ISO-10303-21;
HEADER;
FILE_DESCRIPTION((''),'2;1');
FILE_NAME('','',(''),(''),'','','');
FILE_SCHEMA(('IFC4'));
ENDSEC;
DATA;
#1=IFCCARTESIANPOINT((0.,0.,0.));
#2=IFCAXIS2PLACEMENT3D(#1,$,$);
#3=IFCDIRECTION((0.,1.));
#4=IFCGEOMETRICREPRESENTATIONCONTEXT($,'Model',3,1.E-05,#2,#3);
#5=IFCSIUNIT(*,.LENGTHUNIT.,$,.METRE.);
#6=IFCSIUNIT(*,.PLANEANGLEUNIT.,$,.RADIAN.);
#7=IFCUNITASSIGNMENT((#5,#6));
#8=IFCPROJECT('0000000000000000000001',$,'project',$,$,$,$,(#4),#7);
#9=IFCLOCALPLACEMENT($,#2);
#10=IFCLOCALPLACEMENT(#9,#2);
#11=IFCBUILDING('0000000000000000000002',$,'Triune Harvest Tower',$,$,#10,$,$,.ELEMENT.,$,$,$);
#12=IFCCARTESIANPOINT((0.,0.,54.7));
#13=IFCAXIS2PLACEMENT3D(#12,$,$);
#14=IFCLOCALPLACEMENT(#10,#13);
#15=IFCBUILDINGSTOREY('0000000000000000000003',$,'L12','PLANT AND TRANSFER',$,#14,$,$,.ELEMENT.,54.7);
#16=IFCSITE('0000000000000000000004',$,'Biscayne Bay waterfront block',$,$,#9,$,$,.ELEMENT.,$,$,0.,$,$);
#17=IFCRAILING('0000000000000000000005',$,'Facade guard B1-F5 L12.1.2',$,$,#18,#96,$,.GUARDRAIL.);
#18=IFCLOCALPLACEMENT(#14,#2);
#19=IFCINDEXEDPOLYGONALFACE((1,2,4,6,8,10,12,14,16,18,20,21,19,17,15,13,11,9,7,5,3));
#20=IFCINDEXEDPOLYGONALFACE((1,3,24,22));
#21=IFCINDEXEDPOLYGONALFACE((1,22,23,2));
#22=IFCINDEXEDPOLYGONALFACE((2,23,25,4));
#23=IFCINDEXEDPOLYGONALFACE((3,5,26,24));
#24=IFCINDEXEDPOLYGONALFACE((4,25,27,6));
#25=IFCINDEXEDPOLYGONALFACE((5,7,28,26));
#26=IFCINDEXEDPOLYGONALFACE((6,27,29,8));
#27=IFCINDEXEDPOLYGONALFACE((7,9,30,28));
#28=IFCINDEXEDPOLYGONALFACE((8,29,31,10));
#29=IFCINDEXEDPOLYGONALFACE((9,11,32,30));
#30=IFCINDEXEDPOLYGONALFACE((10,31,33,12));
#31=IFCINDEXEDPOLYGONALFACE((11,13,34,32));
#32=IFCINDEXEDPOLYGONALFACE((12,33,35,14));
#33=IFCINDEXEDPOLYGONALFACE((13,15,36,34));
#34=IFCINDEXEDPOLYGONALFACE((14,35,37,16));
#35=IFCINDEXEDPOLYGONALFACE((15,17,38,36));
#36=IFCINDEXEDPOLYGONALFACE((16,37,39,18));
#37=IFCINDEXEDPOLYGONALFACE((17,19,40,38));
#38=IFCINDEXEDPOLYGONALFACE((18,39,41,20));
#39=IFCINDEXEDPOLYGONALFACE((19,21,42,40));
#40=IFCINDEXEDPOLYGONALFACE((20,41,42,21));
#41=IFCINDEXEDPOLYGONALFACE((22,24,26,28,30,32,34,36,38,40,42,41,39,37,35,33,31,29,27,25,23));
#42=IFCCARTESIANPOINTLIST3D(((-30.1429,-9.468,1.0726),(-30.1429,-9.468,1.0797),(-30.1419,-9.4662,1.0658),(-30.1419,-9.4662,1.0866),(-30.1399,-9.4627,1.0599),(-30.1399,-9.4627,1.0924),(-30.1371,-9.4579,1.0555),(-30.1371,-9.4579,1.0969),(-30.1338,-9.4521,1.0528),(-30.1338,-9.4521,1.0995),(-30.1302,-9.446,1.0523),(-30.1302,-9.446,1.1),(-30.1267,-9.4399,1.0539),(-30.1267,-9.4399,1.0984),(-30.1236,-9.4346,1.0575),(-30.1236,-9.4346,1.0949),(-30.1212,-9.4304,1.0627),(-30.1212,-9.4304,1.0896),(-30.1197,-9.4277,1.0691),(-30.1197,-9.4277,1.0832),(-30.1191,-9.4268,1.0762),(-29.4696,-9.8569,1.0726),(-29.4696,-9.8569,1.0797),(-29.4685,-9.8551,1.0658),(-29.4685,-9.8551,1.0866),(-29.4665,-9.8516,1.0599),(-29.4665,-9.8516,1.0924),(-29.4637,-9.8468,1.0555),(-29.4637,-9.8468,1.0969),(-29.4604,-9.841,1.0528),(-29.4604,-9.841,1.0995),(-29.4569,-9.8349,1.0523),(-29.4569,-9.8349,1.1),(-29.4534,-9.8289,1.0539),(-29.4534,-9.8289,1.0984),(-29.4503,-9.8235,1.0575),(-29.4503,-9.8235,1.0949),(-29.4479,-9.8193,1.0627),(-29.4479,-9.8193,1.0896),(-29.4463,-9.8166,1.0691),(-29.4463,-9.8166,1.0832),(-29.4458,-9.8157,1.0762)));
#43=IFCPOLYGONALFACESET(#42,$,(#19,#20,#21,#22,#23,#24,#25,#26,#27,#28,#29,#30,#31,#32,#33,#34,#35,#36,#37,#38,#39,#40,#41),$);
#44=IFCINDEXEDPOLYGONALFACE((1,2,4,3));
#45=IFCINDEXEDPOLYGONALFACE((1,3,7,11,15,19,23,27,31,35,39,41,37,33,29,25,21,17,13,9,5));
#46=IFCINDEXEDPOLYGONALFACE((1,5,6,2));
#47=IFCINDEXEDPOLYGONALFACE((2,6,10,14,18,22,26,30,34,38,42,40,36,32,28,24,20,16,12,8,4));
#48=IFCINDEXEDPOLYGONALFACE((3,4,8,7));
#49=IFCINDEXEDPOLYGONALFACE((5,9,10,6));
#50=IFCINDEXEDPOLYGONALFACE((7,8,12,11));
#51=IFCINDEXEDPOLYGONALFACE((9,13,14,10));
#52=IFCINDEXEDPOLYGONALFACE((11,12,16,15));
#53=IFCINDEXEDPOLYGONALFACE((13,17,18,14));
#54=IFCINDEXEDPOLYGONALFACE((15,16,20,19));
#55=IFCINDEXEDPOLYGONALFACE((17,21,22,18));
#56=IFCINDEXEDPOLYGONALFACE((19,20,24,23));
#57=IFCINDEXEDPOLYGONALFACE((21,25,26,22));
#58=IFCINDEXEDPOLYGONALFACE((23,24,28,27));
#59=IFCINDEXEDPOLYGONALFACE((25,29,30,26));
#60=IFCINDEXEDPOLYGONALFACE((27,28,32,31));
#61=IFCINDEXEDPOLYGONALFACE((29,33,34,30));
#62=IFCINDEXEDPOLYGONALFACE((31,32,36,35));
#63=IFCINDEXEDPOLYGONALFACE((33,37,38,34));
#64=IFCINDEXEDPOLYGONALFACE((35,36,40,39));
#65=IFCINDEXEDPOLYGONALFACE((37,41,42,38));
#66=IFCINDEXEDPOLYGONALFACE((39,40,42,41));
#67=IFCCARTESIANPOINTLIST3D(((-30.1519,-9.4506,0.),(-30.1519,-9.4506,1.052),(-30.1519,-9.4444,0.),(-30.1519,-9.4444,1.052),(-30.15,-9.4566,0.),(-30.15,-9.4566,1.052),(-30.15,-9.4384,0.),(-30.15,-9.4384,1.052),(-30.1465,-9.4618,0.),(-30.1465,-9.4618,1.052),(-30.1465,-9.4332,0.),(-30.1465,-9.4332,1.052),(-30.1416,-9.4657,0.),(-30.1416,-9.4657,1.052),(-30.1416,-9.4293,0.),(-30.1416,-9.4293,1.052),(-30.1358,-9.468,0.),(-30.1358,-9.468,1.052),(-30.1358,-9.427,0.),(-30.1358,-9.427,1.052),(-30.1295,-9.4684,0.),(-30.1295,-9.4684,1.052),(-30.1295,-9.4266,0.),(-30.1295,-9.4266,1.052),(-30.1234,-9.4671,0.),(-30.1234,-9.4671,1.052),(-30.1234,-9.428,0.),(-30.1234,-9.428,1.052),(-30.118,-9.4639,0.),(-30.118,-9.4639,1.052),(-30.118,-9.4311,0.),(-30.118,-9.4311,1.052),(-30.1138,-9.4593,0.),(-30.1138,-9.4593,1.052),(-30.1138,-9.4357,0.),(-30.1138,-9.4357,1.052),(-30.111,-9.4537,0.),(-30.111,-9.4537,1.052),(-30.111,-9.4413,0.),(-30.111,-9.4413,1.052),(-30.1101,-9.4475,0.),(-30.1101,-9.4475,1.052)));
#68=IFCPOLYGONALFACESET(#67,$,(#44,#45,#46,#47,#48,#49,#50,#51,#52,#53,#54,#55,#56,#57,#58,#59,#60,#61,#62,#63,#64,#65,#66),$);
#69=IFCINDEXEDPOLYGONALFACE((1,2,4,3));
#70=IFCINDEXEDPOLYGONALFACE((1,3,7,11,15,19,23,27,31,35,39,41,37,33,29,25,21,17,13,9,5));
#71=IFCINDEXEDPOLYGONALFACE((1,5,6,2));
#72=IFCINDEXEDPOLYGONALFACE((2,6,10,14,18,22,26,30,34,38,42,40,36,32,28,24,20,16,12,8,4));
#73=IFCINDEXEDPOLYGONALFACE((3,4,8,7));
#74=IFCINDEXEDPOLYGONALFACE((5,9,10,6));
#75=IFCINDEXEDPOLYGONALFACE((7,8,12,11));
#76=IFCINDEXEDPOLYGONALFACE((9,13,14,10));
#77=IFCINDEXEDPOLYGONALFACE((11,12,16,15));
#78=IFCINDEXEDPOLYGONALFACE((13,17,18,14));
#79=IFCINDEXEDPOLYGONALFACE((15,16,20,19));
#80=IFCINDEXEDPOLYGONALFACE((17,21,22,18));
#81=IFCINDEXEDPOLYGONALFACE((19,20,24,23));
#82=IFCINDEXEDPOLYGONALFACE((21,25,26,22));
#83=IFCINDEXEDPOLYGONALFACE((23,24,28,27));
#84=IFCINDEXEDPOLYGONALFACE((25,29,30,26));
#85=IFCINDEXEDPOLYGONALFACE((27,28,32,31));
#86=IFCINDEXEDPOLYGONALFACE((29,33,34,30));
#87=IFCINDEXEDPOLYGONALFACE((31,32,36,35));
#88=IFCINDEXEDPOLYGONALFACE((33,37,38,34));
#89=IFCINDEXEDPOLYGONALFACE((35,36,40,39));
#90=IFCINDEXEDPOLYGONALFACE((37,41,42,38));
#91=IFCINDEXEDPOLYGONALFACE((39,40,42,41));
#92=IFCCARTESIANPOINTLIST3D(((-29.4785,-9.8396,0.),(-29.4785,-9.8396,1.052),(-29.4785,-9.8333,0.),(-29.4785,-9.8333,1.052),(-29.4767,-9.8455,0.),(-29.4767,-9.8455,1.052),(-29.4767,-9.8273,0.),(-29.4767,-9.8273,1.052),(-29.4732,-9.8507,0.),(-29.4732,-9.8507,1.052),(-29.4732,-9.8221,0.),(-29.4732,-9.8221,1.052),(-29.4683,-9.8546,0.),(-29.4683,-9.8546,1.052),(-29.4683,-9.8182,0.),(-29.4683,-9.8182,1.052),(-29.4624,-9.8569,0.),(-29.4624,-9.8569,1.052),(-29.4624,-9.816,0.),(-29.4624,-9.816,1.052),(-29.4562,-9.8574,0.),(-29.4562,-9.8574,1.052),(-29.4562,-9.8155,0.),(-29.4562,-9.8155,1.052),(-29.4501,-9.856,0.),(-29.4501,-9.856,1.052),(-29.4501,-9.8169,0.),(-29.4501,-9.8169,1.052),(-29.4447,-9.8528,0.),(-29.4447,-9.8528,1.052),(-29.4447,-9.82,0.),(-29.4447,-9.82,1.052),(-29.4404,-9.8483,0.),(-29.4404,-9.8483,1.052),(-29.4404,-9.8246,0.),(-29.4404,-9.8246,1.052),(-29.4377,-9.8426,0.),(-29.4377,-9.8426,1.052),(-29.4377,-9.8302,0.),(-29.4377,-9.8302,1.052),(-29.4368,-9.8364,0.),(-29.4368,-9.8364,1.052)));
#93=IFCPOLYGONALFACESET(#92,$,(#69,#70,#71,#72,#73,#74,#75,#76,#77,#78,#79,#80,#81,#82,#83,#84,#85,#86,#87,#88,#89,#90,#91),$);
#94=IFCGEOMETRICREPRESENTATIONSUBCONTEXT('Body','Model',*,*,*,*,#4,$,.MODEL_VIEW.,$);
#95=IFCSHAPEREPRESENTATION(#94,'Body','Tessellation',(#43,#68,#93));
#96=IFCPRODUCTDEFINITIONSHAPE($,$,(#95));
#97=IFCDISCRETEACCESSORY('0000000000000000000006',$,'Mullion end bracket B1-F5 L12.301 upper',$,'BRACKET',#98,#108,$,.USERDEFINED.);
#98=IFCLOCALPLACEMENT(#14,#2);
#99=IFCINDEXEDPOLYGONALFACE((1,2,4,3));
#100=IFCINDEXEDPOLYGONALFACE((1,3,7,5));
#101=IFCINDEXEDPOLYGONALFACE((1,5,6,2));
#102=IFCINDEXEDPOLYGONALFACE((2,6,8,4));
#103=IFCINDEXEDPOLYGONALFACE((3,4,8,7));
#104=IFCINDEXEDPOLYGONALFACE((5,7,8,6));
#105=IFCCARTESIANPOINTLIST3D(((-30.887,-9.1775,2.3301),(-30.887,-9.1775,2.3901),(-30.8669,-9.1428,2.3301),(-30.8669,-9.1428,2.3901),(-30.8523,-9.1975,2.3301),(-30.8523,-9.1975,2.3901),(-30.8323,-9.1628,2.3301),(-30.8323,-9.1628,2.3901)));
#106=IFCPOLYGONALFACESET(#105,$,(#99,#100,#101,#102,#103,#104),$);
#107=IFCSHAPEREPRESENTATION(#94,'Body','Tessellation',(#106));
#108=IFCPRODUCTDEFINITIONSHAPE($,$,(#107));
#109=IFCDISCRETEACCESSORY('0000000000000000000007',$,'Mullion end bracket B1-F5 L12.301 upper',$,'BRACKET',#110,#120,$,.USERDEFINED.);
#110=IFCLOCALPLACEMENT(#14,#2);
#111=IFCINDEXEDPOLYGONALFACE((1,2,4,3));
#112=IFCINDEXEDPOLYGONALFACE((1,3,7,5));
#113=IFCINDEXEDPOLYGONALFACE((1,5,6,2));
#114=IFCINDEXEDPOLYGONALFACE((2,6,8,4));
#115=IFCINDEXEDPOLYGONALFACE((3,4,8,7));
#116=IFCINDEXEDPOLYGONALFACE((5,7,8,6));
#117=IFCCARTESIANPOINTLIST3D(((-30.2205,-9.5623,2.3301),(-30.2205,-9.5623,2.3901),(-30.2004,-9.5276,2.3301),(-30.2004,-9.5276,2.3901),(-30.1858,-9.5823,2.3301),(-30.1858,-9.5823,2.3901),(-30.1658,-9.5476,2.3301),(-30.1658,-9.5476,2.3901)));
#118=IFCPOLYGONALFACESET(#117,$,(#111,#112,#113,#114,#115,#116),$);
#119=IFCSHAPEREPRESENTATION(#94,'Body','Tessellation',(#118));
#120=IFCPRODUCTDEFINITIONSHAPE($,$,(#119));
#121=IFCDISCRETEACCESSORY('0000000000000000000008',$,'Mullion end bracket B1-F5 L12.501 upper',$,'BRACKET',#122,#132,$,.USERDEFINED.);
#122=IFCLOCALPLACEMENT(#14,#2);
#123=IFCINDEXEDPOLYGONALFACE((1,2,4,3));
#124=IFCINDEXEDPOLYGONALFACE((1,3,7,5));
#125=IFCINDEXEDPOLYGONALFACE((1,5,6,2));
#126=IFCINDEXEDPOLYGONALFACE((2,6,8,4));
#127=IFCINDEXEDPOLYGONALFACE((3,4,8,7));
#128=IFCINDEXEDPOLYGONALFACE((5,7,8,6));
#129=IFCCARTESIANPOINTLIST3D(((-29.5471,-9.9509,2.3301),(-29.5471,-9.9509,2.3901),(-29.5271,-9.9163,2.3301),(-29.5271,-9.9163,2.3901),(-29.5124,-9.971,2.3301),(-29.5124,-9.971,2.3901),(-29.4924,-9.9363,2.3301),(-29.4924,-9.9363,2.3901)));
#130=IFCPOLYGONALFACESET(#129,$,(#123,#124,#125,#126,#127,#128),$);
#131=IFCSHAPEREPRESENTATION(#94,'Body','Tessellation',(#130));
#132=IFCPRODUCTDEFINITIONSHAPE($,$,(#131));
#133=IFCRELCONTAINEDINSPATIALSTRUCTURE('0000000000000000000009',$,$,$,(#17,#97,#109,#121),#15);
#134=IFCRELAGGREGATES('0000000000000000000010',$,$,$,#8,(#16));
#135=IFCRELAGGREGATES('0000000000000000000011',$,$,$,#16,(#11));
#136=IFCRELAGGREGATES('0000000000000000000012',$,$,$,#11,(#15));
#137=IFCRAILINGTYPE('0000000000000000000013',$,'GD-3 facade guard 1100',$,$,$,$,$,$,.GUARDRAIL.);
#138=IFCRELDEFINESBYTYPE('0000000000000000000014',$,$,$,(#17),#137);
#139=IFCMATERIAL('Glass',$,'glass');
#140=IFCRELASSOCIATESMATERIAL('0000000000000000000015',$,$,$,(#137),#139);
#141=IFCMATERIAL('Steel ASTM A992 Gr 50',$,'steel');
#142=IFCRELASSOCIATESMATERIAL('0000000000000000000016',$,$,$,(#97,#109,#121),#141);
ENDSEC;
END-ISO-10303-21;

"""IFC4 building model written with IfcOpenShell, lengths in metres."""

from ifc_helpers import new_model, si_unit, direction, frame, origin, origin_2d, place, context, subcontext, project, spatial, rectangle, circle, extrude, source, transform, mapped, material, type_object, element, save


model = new_model("IFC4")

# Units and contexts
model_context = context("Model", 3, precision=1e-05, world=origin(), true_north=direction((0.0, 1.0)))
body_context = subcontext(model_context, "Body", "Model", "MODEL_VIEW")
ifc_project = project(units=[si_unit("LENGTHUNIT", "METRE"), si_unit("PLANEANGLEUNIT", "RADIAN")], contexts=[model_context])

# Site, building, storey
site_placement = place(None, origin())
site = spatial("IfcSite", under=ifc_project, at=site_placement, Name="Biscayne Bay waterfront block", CompositionType="ELEMENT", RefElevation=0.0)
building_placement = place(site_placement, origin())
building = spatial("IfcBuilding", under=site, at=building_placement, Name="Triune Harvest Tower", CompositionType="ELEMENT")
storey_placement = place(building_placement, frame((0.0, 0.0, 54.7)))
storey = spatial("IfcBuildingStorey", under=building, at=storey_placement, Name="L12", Description="PLANT AND TRANSFER", CompositionType="ELEMENT", Elevation=54.7)

# Railing
ifc_material_1 = material(Name="Glass", Category="glass")
railing_type = type_object("IfcRailingType", Name="GD-3 facade guard 1100", PredefinedType="GUARDRAIL", material=ifc_material_1)
railing_placement = place(storey_placement, frame((-30.1311, -9.4475, 0.0)))
element("IfcRailing", 1, at=railing_placement, inside=storey, type_object=railing_type, Name="Facade guard B1-F5 L12.1.2", PredefinedType="GUARDRAIL", context=body_context, shape_type="SweptSolid", body=[
    extrude(circle(Radius=0.0239, at=origin_2d()), frame((0.0, 0.0, 1.0762), z_axis=(0.865935, -0.500157, 0.0), x_axis=(0.500157, 0.865935, 0.0)), (0.0, 0.0, 1.0), 0.7776),
    extrude(circle(Radius=0.021, at=origin_2d()), origin(), (0.0, 0.0, 1.0), 1.052),
    extrude(circle(Radius=0.021, at=origin_2d()), frame((0.6733, -0.3889, 0.0)), (0.0, 0.0, 1.0), 1.052),
])

# Discrete accessories
ifc_material_2 = material(Name="Steel ASTM A992 Gr 50", Category="steel")
shared_shape_1 = source(origin(), body_context, "Body", "SweptSolid", [
    extrude(rectangle(XDim=0.04, YDim=0.04, at=origin_2d()), origin(), (0.0, 0.0, 1.0), 0.0601),
])
for number, where, z_axis, x_axis, name in (
    (2, (-30.8596, -9.1702, 2.3301), (0.0, 0.0, 1.0), (0.866054, -0.49995, 0.0), "Mullion end bracket B1-F5 L12.301 upper"),
    (3, (-30.1931, -9.5549, 2.3301), (0.0, 0.0, 1.0), (0.866054, -0.49995, 0.0), "Mullion end bracket B1-F5 L12.301 upper"),
    (4, (-29.5198, -9.9436, 2.3301), (0.0, 0.0, 1.0), (0.866024, -0.500003, 0.0), "Mullion end bracket B1-F5 L12.501 upper"),
):
    element("IfcDiscreteAccessory", number, at=place(storey_placement, frame(where, z_axis=z_axis, x_axis=x_axis)), inside=storey, material=ifc_material_2, Name=name, ObjectType="BRACKET", PredefinedType="USERDEFINED", context=body_context, shape_type="MappedRepresentation", body=[
        mapped(shared_shape_1, transform((0.0, 0.0, 0.0), scale=1.0)),
    ])

save(model, "model.ifc")
